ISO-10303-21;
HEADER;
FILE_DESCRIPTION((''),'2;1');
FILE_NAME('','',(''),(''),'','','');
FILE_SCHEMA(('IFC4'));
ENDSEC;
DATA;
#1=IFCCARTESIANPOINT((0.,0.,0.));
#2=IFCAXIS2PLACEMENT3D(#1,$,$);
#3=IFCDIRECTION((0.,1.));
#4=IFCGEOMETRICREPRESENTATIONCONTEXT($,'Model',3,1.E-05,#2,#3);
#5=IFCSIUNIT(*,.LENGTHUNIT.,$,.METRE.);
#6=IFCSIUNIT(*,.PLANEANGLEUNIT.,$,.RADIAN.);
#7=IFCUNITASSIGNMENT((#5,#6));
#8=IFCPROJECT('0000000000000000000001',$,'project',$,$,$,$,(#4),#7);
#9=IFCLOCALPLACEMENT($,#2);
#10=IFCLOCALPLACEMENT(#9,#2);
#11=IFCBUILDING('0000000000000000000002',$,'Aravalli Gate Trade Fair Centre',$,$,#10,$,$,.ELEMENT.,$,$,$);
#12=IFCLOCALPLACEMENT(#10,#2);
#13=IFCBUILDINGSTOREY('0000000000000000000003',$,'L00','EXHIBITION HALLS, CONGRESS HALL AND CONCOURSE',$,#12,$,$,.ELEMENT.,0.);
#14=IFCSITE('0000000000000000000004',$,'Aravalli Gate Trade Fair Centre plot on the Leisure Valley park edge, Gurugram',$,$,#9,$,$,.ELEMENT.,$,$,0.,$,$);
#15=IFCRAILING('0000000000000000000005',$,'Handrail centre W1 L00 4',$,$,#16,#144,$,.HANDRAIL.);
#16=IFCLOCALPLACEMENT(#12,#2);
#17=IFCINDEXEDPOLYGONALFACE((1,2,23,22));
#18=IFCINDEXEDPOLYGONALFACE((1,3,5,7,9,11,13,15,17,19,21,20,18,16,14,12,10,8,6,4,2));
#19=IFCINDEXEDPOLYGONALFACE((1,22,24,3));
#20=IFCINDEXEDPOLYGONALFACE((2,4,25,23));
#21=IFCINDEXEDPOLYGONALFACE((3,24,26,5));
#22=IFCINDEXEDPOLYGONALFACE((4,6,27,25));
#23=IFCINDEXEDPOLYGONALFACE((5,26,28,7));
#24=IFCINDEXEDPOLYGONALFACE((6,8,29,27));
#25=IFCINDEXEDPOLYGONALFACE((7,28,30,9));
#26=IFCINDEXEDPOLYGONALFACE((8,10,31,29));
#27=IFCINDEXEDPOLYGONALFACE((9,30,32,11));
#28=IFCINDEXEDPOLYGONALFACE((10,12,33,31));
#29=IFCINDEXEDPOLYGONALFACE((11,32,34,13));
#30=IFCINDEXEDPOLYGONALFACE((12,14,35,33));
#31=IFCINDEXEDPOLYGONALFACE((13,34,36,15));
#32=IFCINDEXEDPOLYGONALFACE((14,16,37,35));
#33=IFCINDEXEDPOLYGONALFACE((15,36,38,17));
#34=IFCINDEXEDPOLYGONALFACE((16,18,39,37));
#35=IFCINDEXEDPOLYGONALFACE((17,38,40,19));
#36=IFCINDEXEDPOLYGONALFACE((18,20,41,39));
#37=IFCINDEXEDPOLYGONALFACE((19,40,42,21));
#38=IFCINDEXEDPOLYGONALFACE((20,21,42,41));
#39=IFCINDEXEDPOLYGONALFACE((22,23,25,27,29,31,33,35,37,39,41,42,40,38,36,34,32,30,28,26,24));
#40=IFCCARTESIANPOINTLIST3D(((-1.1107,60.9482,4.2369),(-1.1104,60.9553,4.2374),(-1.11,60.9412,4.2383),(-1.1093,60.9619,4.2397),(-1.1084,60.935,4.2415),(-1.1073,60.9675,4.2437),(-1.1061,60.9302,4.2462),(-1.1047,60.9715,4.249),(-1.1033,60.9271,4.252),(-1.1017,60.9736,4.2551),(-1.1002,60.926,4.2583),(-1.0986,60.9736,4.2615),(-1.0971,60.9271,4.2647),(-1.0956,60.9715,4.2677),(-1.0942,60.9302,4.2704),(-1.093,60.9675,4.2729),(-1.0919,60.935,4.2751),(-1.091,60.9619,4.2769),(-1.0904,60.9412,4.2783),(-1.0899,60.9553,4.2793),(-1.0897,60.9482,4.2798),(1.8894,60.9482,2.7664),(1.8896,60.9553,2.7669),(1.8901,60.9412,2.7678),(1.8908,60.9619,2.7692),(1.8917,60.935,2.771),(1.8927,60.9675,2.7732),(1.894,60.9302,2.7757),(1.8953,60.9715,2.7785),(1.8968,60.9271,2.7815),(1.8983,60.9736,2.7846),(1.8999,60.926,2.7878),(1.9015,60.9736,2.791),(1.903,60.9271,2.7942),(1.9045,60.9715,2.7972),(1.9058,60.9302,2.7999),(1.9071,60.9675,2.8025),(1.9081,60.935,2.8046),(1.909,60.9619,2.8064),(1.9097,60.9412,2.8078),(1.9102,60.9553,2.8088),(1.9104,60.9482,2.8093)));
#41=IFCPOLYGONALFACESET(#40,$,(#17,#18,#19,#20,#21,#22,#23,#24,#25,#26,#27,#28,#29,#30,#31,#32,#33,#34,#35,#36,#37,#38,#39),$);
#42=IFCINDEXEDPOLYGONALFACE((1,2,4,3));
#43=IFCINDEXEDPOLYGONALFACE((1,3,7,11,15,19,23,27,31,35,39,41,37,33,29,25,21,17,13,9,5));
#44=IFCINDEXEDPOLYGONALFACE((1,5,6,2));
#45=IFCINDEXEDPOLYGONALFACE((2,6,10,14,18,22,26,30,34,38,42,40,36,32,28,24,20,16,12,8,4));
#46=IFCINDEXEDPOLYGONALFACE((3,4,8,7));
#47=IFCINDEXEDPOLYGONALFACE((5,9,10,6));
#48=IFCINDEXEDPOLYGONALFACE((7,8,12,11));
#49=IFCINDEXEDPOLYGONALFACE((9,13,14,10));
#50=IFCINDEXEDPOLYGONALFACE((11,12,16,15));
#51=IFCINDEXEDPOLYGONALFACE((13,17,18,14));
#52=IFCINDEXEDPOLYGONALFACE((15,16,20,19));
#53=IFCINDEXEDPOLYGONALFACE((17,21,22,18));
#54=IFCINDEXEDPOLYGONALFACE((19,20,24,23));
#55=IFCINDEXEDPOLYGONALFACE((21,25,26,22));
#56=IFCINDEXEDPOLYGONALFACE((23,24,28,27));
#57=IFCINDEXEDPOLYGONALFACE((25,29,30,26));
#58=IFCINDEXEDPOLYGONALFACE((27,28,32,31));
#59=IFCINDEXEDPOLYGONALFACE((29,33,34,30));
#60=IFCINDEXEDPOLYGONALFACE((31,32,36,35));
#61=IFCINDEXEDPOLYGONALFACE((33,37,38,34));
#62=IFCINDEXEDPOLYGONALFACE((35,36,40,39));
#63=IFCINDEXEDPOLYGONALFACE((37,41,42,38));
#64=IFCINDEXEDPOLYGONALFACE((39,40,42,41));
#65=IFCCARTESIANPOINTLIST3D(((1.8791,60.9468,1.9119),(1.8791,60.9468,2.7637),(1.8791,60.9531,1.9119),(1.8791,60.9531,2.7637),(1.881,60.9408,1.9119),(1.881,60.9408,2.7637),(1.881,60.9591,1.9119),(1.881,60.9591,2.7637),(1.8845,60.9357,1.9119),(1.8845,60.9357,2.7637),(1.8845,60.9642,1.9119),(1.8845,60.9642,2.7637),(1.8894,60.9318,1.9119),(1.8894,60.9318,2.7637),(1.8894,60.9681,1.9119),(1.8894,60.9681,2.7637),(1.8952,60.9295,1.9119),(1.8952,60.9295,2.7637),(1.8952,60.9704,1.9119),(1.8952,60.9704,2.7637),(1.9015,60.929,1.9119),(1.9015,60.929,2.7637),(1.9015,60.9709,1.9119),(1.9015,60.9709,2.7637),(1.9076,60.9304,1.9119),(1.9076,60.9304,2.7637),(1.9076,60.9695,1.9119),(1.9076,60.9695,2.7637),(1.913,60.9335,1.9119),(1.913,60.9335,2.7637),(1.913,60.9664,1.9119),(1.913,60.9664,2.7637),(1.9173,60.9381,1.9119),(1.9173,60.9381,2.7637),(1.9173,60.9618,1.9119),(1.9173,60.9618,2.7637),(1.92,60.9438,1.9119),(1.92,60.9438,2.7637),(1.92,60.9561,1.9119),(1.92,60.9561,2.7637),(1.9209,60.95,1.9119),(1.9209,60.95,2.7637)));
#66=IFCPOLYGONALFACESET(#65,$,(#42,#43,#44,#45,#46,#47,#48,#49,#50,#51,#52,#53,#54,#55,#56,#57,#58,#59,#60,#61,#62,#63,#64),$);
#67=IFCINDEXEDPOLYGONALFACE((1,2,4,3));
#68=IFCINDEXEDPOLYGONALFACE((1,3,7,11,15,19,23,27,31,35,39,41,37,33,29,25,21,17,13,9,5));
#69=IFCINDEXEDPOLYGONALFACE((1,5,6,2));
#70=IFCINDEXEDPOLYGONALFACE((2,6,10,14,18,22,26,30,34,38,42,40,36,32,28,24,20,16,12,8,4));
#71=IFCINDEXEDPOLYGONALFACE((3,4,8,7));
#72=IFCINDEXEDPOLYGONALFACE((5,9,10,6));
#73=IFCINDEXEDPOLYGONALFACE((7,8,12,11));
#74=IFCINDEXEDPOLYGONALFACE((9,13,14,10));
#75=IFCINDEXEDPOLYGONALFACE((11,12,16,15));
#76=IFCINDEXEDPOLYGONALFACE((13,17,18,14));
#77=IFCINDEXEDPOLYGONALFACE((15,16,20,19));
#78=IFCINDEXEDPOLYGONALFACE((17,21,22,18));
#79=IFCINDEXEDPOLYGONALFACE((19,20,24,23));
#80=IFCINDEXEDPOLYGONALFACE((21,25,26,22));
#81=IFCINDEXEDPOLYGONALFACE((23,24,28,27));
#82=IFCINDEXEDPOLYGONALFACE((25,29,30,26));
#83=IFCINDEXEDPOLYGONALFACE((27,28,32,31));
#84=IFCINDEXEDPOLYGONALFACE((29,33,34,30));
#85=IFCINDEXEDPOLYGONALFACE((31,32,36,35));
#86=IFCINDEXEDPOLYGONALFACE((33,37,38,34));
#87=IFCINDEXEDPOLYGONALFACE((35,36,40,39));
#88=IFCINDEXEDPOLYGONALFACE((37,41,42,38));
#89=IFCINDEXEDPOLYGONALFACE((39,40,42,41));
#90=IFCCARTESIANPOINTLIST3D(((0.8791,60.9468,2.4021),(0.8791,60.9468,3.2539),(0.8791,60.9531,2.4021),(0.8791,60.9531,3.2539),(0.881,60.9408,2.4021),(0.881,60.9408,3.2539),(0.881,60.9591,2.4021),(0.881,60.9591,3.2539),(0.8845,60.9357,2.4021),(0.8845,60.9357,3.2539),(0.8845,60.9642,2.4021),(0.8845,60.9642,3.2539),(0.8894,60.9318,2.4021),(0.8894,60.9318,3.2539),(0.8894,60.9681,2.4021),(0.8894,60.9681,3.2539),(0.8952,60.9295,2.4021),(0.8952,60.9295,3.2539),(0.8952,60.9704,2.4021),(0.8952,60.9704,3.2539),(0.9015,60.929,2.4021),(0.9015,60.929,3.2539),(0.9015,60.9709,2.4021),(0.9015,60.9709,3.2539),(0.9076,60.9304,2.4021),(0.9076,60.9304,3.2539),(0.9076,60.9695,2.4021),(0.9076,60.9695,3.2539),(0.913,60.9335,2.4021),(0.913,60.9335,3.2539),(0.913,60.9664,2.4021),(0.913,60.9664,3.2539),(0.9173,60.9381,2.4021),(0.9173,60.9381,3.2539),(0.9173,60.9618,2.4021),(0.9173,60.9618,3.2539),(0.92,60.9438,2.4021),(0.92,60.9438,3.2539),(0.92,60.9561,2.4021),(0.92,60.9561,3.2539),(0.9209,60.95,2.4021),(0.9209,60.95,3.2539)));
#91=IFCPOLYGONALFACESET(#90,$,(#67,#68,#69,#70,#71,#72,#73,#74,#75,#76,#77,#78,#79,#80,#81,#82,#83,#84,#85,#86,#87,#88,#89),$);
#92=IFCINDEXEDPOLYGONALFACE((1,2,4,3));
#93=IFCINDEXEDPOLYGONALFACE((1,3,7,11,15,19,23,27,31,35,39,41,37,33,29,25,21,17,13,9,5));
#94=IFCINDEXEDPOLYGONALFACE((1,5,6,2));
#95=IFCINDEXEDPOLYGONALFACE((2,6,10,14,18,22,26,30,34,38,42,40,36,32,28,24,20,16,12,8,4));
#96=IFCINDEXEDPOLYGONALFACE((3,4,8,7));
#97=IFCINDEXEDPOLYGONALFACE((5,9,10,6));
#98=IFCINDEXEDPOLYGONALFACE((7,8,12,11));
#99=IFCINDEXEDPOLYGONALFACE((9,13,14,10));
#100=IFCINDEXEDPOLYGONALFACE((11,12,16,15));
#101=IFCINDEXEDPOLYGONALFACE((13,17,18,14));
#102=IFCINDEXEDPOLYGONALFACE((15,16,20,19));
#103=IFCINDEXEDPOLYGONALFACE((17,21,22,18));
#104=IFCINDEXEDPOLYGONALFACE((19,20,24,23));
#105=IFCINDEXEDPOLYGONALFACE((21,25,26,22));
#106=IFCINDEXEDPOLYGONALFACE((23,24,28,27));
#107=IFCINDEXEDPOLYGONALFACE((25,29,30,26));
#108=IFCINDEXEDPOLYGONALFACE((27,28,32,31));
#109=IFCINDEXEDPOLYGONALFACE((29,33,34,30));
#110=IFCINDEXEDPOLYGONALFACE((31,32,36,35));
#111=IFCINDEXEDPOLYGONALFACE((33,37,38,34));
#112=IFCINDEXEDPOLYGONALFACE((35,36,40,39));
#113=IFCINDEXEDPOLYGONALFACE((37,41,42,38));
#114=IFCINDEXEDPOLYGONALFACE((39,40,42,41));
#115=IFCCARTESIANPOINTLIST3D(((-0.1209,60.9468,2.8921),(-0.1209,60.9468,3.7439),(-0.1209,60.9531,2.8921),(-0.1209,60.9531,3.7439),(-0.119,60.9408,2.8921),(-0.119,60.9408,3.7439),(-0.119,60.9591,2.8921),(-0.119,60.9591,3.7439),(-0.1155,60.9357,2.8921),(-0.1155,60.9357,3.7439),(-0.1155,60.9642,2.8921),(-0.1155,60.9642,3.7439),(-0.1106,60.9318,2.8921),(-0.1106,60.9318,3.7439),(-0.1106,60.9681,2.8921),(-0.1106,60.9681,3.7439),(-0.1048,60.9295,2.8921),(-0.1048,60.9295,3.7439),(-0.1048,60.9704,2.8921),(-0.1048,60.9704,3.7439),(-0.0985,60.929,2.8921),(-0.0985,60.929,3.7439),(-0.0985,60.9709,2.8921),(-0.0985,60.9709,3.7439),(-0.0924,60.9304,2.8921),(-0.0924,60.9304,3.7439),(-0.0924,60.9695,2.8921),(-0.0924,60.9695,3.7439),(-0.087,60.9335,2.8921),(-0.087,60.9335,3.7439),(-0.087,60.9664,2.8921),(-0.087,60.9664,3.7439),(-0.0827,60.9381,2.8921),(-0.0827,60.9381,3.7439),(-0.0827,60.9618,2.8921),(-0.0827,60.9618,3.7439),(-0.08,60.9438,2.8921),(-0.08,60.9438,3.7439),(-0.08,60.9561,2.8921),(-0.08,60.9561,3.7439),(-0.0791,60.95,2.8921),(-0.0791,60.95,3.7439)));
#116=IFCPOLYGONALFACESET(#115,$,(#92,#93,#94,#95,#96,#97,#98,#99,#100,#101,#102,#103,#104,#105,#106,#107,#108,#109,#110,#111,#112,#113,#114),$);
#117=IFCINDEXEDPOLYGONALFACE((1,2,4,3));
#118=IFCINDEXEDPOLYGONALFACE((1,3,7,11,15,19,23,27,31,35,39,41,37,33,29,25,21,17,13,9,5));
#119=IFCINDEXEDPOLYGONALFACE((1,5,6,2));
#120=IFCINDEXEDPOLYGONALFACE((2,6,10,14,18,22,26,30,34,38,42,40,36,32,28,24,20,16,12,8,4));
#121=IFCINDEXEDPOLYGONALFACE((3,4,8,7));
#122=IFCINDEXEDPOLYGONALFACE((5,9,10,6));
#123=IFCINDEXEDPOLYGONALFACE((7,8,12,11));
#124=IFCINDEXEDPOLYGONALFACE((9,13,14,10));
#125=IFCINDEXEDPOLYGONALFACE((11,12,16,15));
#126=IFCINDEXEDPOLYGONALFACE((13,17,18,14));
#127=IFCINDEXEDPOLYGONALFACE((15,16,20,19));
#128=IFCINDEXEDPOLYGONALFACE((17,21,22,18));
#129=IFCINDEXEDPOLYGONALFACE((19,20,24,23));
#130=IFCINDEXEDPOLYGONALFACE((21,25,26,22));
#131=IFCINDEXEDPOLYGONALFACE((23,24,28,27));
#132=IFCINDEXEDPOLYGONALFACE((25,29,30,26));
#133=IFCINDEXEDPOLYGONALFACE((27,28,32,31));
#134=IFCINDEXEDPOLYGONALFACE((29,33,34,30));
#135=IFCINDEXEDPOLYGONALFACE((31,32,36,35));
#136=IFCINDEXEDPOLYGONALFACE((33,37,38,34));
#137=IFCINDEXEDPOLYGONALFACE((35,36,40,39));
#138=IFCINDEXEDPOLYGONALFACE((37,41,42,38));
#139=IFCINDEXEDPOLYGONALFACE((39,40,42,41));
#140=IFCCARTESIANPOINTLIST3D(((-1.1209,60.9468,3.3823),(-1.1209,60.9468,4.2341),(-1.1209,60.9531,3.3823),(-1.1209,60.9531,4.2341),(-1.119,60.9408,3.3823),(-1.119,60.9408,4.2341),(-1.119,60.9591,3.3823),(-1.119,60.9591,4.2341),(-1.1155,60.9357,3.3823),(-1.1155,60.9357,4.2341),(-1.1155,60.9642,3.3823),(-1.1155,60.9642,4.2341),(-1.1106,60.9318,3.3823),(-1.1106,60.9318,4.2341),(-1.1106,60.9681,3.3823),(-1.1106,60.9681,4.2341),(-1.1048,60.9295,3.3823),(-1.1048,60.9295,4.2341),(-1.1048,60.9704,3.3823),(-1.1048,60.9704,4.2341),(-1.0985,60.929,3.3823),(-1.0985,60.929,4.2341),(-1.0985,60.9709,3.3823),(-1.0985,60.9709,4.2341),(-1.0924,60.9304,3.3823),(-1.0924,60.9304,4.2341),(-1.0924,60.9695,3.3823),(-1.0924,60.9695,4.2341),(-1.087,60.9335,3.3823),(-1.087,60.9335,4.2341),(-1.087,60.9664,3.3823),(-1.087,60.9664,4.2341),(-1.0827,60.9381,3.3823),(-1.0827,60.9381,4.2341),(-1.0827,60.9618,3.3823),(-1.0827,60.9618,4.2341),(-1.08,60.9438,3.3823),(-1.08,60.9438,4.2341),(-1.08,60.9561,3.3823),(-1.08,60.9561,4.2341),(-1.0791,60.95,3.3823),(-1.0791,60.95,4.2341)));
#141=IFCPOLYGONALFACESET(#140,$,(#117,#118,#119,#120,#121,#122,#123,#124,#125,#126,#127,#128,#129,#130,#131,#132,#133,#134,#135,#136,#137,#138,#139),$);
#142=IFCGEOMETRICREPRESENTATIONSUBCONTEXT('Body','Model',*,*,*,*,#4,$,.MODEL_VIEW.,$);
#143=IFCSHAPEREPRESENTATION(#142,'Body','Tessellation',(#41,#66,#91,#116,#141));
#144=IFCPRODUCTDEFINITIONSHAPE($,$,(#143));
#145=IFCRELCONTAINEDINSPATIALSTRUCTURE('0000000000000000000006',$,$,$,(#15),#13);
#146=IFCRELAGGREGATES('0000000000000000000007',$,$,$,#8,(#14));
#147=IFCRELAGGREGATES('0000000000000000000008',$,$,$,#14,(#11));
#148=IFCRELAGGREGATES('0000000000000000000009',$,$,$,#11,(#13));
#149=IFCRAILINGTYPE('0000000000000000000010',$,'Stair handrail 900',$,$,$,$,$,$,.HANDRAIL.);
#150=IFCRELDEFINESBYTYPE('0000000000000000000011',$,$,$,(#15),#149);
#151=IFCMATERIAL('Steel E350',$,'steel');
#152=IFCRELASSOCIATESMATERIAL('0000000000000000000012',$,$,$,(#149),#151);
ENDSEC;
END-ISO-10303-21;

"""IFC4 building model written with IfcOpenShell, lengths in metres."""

from ifc_helpers import new_model, si_unit, direction, frame, origin, origin_2d, place, context, subcontext, project, spatial, circle, extrude, material, type_object, element, save


model = new_model("IFC4")

# Units and contexts
model_context = context("Model", 3, precision=1e-05, world=origin(), true_north=direction((0.0, 1.0)))
body_context = subcontext(model_context, "Body", "Model", "MODEL_VIEW")
ifc_project = project(units=[si_unit("LENGTHUNIT", "METRE"), si_unit("PLANEANGLEUNIT", "RADIAN")], contexts=[model_context])

# Site, building, storey
site_placement = place(None, origin())
site = spatial("IfcSite", under=ifc_project, at=site_placement, Name="Aravalli Gate Trade Fair Centre plot on the Leisure Valley park edge, Gurugram", CompositionType="ELEMENT", RefElevation=0.0)
building_placement = place(site_placement, origin())
building = spatial("IfcBuilding", under=site, at=building_placement, Name="Aravalli Gate Trade Fair Centre", CompositionType="ELEMENT")
storey_placement = place(building_placement, origin())
storey = spatial("IfcBuildingStorey", under=building, at=storey_placement, Name="L00", Description="EXHIBITION HALLS, CONGRESS HALL AND CONCOURSE", CompositionType="ELEMENT", Elevation=0.0)

# Railing
ifc_material_1 = material(Name="Steel E350", Category="steel")
railing_type = type_object("IfcRailingType", Name="Stair handrail 900", PredefinedType="HANDRAIL", material=ifc_material_1)
for number, where, name in (
    (1, (1.8999, 60.95, 1.9119), "Handrail centre W1 L00 4"),
):
    element("IfcRailing", number, at=place(storey_placement, frame(where)), inside=storey, type_object=railing_type, Name=name, PredefinedType="HANDRAIL", context=body_context, shape_type="SweptSolid", body=[
        extrude(circle(Radius=0.0239, at=origin_2d()), frame((0.0, 0.0, 0.876), z_axis=(-0.897936, 0.0, 0.440126), x_axis=(0.0, -1.0, 0.0)), (0.0, 0.0, 1.0), 3.3411),
        extrude(circle(Radius=0.021, at=origin_2d()), origin(), (0.0, 0.0, 1.0), 0.8518),
        extrude(circle(Radius=0.021, at=origin_2d()), frame((-1.0, 0.0, 0.4902)), (0.0, 0.0, 1.0), 0.8518),
        extrude(circle(Radius=0.021, at=origin_2d()), frame((-2.0, 0.0, 0.9802)), (0.0, 0.0, 1.0), 0.8518),
        extrude(circle(Radius=0.021, at=origin_2d()), frame((-3.0, 0.0, 1.4705)), (0.0, 0.0, 1.0), 0.8518),
    ])

save(model, "model.ifc")
